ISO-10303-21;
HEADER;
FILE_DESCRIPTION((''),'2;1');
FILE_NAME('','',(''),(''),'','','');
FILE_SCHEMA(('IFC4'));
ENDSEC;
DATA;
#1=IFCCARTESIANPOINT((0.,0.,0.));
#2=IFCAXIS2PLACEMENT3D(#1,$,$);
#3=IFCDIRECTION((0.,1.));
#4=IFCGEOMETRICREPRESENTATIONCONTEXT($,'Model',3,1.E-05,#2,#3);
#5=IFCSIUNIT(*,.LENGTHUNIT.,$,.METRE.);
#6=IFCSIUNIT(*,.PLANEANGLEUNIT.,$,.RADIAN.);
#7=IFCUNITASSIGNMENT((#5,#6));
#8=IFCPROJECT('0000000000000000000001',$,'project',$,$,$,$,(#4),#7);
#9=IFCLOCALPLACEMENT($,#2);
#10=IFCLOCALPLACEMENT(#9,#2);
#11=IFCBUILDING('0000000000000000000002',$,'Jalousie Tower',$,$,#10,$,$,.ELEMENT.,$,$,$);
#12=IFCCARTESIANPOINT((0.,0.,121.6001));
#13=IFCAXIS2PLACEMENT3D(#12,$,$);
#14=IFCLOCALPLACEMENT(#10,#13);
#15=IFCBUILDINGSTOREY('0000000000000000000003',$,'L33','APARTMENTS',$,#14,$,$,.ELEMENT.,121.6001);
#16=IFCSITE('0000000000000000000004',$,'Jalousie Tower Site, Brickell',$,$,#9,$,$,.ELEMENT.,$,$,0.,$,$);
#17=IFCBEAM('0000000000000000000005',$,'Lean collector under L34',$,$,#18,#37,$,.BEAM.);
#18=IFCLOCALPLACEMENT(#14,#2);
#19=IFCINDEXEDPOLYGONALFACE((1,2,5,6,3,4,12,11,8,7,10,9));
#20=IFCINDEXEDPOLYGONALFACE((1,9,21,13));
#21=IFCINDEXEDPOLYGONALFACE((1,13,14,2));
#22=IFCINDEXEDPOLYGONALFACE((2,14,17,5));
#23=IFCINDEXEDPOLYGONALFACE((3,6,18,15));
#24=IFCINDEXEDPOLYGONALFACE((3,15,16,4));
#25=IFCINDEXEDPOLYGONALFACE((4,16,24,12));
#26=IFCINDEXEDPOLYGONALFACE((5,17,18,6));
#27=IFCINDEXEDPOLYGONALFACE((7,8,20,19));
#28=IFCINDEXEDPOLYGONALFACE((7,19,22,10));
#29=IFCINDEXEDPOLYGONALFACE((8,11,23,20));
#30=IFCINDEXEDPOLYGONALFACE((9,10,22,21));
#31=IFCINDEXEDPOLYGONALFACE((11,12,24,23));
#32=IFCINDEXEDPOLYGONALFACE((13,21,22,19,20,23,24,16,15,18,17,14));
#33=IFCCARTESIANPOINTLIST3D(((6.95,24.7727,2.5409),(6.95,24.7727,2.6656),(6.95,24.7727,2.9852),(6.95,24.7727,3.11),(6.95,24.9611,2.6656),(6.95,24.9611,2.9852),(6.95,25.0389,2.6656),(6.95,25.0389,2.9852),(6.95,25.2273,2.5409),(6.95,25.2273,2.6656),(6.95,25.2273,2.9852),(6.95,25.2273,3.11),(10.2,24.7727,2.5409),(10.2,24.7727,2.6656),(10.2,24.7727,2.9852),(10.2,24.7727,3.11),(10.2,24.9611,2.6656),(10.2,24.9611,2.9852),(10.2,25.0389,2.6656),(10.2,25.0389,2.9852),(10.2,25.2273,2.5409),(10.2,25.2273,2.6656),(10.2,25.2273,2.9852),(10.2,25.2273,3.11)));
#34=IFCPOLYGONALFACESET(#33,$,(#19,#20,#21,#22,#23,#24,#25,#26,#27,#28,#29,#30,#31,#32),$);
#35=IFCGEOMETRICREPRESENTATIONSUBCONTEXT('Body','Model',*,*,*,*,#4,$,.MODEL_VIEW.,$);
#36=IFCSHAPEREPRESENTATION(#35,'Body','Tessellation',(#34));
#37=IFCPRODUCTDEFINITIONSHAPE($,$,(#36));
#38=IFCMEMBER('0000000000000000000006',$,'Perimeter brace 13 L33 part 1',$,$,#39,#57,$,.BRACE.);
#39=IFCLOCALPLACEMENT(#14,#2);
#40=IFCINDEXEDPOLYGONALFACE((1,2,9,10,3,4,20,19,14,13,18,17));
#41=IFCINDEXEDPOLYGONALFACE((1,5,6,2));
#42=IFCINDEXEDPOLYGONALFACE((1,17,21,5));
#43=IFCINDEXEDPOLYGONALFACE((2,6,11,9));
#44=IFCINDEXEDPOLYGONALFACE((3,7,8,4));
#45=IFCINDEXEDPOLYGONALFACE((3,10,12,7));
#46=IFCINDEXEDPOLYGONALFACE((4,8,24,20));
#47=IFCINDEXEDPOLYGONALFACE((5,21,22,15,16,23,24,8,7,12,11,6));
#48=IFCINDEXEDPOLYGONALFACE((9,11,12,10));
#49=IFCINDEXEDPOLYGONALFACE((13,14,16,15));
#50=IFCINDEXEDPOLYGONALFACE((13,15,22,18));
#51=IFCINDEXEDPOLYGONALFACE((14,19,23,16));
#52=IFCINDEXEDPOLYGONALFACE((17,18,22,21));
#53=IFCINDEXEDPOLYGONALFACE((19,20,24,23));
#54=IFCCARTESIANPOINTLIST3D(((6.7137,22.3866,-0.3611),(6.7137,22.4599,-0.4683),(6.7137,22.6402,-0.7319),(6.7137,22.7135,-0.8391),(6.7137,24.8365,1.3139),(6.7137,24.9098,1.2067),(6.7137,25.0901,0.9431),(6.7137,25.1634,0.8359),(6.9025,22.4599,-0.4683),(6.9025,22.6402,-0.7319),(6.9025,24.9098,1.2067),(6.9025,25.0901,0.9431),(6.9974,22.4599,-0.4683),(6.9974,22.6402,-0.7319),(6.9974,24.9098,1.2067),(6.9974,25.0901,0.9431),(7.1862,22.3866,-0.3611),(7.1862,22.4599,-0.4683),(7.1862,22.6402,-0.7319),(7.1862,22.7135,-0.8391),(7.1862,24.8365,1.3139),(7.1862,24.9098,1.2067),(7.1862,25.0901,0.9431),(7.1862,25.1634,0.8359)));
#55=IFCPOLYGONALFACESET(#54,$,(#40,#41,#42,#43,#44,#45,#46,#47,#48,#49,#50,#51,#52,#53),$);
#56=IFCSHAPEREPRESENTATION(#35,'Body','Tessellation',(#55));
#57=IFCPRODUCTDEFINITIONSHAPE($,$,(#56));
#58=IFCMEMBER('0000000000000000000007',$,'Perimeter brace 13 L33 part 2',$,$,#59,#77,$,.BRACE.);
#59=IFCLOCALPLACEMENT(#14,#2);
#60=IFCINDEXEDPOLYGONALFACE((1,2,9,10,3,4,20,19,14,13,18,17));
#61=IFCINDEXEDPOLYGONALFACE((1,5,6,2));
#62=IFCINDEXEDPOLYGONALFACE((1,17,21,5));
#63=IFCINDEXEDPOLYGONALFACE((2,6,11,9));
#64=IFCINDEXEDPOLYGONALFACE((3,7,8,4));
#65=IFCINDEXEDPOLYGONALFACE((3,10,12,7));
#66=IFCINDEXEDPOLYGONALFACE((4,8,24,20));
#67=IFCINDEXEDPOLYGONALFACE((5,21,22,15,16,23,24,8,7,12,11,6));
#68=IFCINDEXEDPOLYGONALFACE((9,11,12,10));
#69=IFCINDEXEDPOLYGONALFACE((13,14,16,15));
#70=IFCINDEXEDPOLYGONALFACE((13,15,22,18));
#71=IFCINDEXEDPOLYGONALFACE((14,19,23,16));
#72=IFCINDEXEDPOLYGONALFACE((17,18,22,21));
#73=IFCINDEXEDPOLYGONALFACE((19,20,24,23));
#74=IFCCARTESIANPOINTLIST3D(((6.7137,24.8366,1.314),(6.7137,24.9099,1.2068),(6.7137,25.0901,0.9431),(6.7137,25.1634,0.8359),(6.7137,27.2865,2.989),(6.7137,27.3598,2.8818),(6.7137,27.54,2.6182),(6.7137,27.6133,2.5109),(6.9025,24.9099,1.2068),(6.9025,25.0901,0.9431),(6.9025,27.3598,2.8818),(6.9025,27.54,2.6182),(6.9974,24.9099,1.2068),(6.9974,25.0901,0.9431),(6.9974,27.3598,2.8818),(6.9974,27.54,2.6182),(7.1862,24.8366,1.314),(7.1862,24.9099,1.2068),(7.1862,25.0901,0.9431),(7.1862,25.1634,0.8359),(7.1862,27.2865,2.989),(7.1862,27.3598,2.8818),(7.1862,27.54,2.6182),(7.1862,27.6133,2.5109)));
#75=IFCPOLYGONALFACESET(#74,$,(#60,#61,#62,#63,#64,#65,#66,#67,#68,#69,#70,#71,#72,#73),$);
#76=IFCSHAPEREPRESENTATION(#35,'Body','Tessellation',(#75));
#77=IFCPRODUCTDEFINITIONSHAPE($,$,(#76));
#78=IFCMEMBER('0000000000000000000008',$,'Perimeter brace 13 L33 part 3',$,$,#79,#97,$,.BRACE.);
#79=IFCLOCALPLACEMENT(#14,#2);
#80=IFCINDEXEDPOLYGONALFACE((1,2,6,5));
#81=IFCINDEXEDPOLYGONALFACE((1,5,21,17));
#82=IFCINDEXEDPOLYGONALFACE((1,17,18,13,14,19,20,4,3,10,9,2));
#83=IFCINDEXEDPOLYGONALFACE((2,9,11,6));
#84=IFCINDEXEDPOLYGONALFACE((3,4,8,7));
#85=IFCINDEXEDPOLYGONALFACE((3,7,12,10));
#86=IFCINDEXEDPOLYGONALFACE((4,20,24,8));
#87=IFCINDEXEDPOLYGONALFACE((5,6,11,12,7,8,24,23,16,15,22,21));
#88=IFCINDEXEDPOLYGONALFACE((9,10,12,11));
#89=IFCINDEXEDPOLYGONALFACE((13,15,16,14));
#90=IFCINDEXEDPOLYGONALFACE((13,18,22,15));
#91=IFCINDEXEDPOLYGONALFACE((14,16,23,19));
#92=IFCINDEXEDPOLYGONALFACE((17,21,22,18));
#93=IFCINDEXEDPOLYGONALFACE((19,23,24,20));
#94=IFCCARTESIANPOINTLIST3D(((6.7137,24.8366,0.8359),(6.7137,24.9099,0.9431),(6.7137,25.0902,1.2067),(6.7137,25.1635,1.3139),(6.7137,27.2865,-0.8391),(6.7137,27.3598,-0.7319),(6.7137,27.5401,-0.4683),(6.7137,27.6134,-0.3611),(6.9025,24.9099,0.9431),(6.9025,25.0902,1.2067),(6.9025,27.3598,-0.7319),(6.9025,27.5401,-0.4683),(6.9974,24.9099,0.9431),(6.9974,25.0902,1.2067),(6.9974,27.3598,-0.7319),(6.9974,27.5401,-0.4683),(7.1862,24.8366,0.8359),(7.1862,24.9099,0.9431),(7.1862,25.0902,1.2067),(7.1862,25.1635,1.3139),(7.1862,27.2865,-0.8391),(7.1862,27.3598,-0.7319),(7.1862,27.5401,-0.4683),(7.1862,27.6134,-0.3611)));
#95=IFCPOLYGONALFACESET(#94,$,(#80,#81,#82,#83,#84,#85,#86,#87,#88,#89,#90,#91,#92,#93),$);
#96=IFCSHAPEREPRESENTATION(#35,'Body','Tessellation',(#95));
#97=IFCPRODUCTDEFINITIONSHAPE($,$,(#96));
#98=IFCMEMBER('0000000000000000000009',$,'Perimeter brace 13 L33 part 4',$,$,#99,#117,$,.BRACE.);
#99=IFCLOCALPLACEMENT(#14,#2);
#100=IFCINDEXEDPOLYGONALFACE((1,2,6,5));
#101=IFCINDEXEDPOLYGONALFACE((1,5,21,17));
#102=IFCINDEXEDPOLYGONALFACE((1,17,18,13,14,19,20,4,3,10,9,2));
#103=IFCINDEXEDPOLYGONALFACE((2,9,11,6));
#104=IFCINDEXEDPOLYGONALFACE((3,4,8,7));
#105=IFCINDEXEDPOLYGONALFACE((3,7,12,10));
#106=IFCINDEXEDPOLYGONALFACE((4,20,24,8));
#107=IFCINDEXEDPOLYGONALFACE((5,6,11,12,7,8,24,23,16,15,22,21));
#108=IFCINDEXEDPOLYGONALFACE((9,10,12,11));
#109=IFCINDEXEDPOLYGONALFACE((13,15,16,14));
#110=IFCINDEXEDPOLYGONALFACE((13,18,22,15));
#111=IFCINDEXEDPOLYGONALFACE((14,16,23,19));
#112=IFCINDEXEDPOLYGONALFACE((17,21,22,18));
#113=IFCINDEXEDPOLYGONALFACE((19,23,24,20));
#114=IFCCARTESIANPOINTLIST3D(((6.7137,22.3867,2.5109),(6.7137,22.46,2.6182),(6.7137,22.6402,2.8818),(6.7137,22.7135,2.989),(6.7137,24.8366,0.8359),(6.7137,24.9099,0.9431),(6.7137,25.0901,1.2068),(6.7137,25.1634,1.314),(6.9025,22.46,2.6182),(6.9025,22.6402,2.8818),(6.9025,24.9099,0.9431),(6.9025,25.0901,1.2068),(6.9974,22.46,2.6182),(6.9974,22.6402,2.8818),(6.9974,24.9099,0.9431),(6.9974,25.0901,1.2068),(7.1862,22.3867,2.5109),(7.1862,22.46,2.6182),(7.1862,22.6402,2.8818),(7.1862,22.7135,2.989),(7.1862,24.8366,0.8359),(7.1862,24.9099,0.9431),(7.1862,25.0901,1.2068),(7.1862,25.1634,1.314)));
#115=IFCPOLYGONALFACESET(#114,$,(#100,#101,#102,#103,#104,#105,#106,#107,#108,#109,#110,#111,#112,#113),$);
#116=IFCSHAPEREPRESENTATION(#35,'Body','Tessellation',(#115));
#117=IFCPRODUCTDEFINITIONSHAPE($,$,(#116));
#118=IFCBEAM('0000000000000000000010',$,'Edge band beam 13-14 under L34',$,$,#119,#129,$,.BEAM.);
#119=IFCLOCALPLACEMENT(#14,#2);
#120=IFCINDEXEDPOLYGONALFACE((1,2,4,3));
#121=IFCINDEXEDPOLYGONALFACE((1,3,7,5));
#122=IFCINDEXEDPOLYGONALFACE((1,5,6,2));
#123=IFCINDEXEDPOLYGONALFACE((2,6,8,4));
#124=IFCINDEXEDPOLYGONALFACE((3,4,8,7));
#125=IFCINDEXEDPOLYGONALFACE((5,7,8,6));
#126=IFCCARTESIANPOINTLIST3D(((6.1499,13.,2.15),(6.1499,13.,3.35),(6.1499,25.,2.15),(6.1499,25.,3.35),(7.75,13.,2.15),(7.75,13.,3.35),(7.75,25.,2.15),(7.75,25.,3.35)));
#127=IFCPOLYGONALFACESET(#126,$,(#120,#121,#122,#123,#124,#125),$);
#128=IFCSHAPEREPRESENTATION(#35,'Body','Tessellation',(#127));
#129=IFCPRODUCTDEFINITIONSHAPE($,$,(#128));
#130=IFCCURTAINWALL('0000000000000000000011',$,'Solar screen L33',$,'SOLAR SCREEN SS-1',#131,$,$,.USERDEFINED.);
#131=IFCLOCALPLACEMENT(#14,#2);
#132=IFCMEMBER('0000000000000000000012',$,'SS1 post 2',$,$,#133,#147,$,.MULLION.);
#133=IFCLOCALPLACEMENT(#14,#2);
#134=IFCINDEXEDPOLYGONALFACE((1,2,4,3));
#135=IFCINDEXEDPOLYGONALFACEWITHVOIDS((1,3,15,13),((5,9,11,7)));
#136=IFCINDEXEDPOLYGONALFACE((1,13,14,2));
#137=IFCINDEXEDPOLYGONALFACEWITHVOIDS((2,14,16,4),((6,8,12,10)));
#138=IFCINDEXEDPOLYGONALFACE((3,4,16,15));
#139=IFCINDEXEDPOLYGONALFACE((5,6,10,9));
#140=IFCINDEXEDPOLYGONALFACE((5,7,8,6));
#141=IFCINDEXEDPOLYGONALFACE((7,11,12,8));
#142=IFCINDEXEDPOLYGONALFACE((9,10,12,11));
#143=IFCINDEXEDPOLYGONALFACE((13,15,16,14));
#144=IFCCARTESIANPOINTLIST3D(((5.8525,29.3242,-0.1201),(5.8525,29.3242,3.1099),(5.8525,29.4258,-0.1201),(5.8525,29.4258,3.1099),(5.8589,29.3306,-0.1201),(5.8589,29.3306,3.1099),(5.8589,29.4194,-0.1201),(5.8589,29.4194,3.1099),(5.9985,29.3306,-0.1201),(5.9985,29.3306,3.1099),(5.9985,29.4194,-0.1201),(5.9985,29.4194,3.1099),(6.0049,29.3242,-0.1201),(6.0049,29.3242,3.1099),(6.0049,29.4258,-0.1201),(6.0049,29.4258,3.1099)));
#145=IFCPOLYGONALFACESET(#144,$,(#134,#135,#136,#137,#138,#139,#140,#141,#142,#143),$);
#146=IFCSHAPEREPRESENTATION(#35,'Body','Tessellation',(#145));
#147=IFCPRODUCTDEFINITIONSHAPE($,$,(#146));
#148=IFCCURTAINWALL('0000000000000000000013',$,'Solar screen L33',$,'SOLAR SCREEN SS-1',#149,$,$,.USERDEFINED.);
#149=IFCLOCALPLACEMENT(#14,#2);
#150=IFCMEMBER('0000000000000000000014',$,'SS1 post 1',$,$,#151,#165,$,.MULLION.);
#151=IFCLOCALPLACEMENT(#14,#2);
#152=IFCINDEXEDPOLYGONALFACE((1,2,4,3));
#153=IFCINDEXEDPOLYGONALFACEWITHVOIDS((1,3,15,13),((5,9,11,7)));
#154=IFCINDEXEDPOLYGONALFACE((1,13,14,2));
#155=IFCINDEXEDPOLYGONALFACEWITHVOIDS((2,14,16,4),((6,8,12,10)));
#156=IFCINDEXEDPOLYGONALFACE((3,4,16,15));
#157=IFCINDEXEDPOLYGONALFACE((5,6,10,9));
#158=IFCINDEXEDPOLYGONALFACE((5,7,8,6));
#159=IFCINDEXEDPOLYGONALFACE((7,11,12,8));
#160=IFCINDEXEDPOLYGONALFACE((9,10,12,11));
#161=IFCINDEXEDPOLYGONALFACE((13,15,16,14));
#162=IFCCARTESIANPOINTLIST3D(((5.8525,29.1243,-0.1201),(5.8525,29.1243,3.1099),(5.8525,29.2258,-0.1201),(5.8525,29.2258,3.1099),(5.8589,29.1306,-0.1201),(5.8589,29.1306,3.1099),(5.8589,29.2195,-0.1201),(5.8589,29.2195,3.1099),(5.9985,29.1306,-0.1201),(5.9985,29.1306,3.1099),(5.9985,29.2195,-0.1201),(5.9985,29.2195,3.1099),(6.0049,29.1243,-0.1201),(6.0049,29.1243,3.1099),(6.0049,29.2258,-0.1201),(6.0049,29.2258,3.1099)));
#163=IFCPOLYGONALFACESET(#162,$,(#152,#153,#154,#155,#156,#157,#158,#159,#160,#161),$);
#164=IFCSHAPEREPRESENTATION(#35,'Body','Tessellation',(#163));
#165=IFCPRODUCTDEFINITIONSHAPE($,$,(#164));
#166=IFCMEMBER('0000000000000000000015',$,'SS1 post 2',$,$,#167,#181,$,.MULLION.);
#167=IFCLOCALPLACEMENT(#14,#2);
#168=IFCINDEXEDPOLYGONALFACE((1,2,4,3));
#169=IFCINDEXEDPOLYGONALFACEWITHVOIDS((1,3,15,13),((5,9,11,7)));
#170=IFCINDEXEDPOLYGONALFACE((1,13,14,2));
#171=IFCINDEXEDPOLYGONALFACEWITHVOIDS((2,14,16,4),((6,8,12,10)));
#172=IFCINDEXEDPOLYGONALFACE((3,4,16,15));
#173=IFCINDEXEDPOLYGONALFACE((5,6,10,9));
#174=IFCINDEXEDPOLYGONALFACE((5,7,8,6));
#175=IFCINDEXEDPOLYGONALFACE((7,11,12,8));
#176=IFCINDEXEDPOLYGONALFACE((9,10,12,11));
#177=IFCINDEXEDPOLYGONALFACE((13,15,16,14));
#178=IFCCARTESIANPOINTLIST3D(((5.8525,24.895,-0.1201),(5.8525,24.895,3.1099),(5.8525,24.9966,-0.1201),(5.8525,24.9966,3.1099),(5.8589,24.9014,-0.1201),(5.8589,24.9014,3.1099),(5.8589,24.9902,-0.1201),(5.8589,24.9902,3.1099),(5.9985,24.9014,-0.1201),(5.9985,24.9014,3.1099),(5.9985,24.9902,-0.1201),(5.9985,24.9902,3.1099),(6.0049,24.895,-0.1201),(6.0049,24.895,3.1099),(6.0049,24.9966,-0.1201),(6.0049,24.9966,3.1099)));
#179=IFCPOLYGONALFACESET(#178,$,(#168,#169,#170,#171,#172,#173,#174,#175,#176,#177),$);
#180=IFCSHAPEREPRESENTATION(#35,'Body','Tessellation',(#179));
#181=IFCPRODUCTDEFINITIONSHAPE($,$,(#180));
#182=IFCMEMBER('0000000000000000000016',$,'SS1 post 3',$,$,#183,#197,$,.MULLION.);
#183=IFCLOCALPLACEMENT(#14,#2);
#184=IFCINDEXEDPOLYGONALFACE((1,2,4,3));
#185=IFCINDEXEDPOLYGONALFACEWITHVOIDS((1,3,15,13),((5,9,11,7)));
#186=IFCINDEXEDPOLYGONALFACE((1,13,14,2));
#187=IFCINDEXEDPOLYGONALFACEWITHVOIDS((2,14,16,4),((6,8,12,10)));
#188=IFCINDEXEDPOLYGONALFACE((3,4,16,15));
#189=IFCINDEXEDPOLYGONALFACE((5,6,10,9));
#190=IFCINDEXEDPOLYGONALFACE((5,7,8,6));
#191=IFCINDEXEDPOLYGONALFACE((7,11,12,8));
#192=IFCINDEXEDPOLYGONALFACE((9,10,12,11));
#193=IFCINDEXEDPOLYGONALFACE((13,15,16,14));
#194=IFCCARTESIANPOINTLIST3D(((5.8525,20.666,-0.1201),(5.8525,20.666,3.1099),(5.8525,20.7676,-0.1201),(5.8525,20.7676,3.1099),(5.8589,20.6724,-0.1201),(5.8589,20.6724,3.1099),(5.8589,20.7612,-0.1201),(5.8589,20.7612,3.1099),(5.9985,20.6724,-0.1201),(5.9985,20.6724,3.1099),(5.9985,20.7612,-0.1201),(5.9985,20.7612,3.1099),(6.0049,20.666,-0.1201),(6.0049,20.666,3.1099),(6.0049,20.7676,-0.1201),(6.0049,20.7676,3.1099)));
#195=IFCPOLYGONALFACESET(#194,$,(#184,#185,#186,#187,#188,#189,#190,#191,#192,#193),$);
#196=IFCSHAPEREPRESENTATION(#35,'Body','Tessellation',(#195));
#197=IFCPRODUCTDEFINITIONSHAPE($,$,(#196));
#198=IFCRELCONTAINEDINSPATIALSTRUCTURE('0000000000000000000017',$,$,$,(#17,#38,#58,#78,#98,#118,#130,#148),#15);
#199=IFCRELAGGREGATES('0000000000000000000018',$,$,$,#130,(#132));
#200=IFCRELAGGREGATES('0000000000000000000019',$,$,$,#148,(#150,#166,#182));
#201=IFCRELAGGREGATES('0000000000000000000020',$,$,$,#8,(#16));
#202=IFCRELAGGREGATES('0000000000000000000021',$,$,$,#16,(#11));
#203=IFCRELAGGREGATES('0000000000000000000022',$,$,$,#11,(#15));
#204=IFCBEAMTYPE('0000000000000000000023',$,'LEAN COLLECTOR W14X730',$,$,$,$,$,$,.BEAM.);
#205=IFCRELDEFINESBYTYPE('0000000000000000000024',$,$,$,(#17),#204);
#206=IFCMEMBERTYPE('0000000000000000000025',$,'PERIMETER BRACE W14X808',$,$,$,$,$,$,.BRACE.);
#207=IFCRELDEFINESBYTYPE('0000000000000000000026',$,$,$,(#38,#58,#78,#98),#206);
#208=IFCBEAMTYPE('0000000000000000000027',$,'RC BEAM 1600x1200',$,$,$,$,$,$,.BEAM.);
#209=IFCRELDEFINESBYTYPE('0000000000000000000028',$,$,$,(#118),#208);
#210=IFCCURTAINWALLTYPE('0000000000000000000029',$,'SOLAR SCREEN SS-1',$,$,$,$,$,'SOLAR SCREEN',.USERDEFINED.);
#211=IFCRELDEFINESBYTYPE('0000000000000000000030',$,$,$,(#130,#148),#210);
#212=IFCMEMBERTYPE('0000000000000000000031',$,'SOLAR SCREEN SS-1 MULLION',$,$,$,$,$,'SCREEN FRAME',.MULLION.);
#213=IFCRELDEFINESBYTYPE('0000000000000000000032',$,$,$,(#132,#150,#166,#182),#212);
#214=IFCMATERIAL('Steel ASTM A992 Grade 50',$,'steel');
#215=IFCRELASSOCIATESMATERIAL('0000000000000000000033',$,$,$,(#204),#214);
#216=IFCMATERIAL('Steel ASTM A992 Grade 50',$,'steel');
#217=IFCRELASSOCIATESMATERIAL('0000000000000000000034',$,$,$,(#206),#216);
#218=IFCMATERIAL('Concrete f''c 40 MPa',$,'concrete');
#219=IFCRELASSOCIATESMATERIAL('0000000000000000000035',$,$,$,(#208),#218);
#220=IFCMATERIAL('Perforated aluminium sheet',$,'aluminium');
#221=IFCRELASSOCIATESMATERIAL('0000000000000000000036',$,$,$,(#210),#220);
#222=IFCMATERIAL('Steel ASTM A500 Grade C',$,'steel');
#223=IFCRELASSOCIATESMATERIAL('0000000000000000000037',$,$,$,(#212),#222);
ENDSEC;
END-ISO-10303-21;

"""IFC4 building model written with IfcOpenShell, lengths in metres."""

from ifc_helpers import new_model, si_unit, direction, frame, origin, origin_2d, place, context, subcontext, project, spatial, rectangle, hollow_rectangle, i_section, extrude, material, material_profile, profile_set, type_object, element, aggregate, save


model = new_model("IFC4")

# Units and contexts
model_context = context("Model", 3, precision=1e-05, world=origin(), true_north=direction((0.0, 1.0)))
body_context = subcontext(model_context, "Body", "Model", "MODEL_VIEW")
ifc_project = project(units=[si_unit("LENGTHUNIT", "METRE"), si_unit("PLANEANGLEUNIT", "RADIAN")], contexts=[model_context])

# Site, building, storey
site_placement = place(None, origin())
site = spatial("IfcSite", under=ifc_project, at=site_placement, Name="Jalousie Tower Site, Brickell", CompositionType="ELEMENT", RefElevation=0.0)
building_placement = place(site_placement, origin())
building = spatial("IfcBuilding", under=site, at=building_placement, Name="Jalousie Tower", CompositionType="ELEMENT")
storey_placement = place(building_placement, frame((0.0, 0.0, 121.6001)))
storey = spatial("IfcBuildingStorey", under=building, at=storey_placement, Name="L33", Description="APARTMENTS", CompositionType="ELEMENT", Elevation=121.6001)

# Beam
ifc_material_1 = material(Name="Steel ASTM A992 Grade 50", Category="steel")
ifc_material_profile_1 = material_profile(ifc_material_1, i_section(OverallWidth=0.4546, OverallDepth=0.5691, WebThickness=0.0779, FlangeThickness=0.1248, at=origin_2d()), Name="W14X730")
ifc_profile_set_1 = profile_set([ifc_material_profile_1], Name="Steel ASTM A992 Grade 50")
beam_type_1 = type_object("IfcBeamType", Name="LEAN COLLECTOR W14X730", PredefinedType="BEAM", material=ifc_profile_set_1)
beam_1_placement = place(storey_placement, frame((6.95, 25.0, 2.8254), z_axis=(1.0, 0.0, 0.0), x_axis=(0.0, 1.0, 0.0)))
element("IfcBeam", 1, at=beam_1_placement, inside=storey, type_object=beam_type_1, Name="Lean collector under L34", PredefinedType="BEAM", context=body_context, shape_type="SweptSolid", body=[
    extrude(i_section(OverallWidth=0.4546, OverallDepth=0.5691, WebThickness=0.0779, FlangeThickness=0.1248, at=origin_2d()), origin(), (0.0, 0.0, 1.0), 3.25),
])

# Members
ifc_material_2 = material(Name="Steel ASTM A992 Grade 50", Category="steel")
ifc_material_profile_2 = material_profile(ifc_material_2, i_section(OverallWidth=0.4724, OverallDepth=0.5791, WebThickness=0.095, FlangeThickness=0.1299, at=origin_2d()), Name="W14X808")
ifc_profile_set_2 = profile_set([ifc_material_profile_2], Name="Steel ASTM A992 Grade 50")
member_type_1 = type_object("IfcMemberType", Name="PERIMETER BRACE W14X808", PredefinedType="BRACE", material=ifc_profile_set_2)
for number, where, z_axis, x_axis, name in (
    (2, (6.95, 22.55, -0.6001), (0.0, 0.825501, 0.564401), (-1.0, 0.0, 0.0), "Perimeter brace 13 L33 part 1"),
    (3, (6.95, 25.0, 1.075), (0.0, 0.825501, 0.564401), (-1.0, 0.0, 0.0), "Perimeter brace 13 L33 part 2"),
    (4, (6.95, 27.45, -0.6001), (0.0, -0.825501, 0.564401), (1.0, 0.0, 0.0), "Perimeter brace 13 L33 part 3"),
    (5, (6.95, 25.0, 1.075), (0.0, -0.825501, 0.564401), (1.0, 0.0, 0.0), "Perimeter brace 13 L33 part 4"),
):
    element("IfcMember", number, at=place(storey_placement, frame(where, z_axis=z_axis, x_axis=x_axis)), inside=storey, type_object=member_type_1, Name=name, PredefinedType="BRACE", context=body_context, shape_type="SweptSolid", body=[
        extrude(i_section(OverallWidth=0.4724, OverallDepth=0.5791, WebThickness=0.095, FlangeThickness=0.1299, at=origin_2d()), origin(), (0.0, 0.0, 1.0), 2.9678),
    ])

# Beam
ifc_material_3 = material(Name="Concrete f'c 40 MPa", Category="concrete")
ifc_material_profile_3 = material_profile(ifc_material_3, rectangle(XDim=1.6001, YDim=1.2, at=origin_2d()), Name="RC 1600x1200")
ifc_profile_set_3 = profile_set([ifc_material_profile_3], Name="Concrete f'c 40 MPa")
beam_type_2 = type_object("IfcBeamType", Name="RC BEAM 1600x1200", PredefinedType="BEAM", material=ifc_profile_set_3)
beam_2_placement = place(storey_placement, frame((6.95, 25.0, 2.75), z_axis=(0.0, -1.0, 0.0), x_axis=(1.0, 0.0, 0.0)))
element("IfcBeam", 6, at=beam_2_placement, inside=storey, type_object=beam_type_2, Name="Edge band beam 13-14 under L34", PredefinedType="BEAM", context=body_context, shape_type="SweptSolid", body=[
    extrude(rectangle(XDim=1.6001, YDim=1.2, at=origin_2d()), origin(), (0.0, 0.0, 1.0), 12.0),
])

# Curtain wall, member
ifc_material_4 = material(Name="Perforated aluminium sheet", Category="aluminium")
curtain_wall_type = type_object("IfcCurtainWallType", Name="SOLAR SCREEN SS-1", ElementType="SOLAR SCREEN", PredefinedType="USERDEFINED", material=ifc_material_4)
curtain_wall_1_placement = place(storey_placement, origin())
curtain_wall_1 = element("IfcCurtainWall", 7, at=curtain_wall_1_placement, inside=storey, type_object=curtain_wall_type, Name="Solar screen L33", ObjectType="SOLAR SCREEN SS-1", PredefinedType="USERDEFINED")
ifc_material_5 = material(Name="Steel ASTM A500 Grade C", Category="steel")
ifc_material_profile_4 = material_profile(ifc_material_5, hollow_rectangle(XDim=0.1016, YDim=0.1523, WallThickness=0.0063, at=origin_2d()), Name="HSS6X4X1/4")
ifc_profile_set_4 = profile_set([ifc_material_profile_4], Name="Steel ASTM A500 Grade C")
member_type_2 = type_object("IfcMemberType", Name="SOLAR SCREEN SS-1 MULLION", ElementType="SCREEN FRAME", PredefinedType="MULLION", material=ifc_profile_set_4)
member_1_placement = place(storey_placement, frame((5.9287, 29.375, -0.1201), z_axis=(0.0, 0.0, 1.0), x_axis=(0.0, -1.0, 0.0)))
member_1 = element("IfcMember", 8, at=member_1_placement, type_object=member_type_2, Name="SS1 post 2", PredefinedType="MULLION", context=body_context, shape_type="SweptSolid", body=[
    extrude(hollow_rectangle(XDim=0.1016, YDim=0.1523, WallThickness=0.0063, at=origin_2d()), origin(), (0.0, 0.0, 1.0), 3.23),
])

# Curtain wall, members
curtain_wall_2_placement = place(storey_placement, origin())
curtain_wall_2 = element("IfcCurtainWall", 9, at=curtain_wall_2_placement, inside=storey, type_object=curtain_wall_type, Name="Solar screen L33", ObjectType="SOLAR SCREEN SS-1", PredefinedType="USERDEFINED")
member_2_placement = place(storey_placement, frame((5.9287, 29.175, -0.1201), z_axis=(0.0, 0.0, 1.0), x_axis=(0.0, -1.0, 0.0)))
member_2 = element("IfcMember", 10, at=member_2_placement, type_object=member_type_2, Name="SS1 post 1", PredefinedType="MULLION", context=body_context, shape_type="SweptSolid", body=[
    extrude(hollow_rectangle(XDim=0.1016, YDim=0.1523, WallThickness=0.0063, at=origin_2d()), origin(), (0.0, 0.0, 1.0), 3.23),
])
member_3_placement = place(storey_placement, frame((5.9287, 24.9458, -0.1201), z_axis=(0.0, 0.0, 1.0), x_axis=(0.0, -1.0, 0.0)))
member_3 = element("IfcMember", 11, at=member_3_placement, type_object=member_type_2, Name="SS1 post 2", PredefinedType="MULLION", context=body_context, shape_type="SweptSolid", body=[
    extrude(hollow_rectangle(XDim=0.1016, YDim=0.1523, WallThickness=0.0063, at=origin_2d()), origin(), (0.0, 0.0, 1.0), 3.23),
])
member_4_placement = place(storey_placement, frame((5.9287, 20.7168, -0.1201), z_axis=(0.0, 0.0, 1.0), x_axis=(0.0, -1.0, 0.0)))
member_4 = element("IfcMember", 12, at=member_4_placement, type_object=member_type_2, Name="SS1 post 3", PredefinedType="MULLION", context=body_context, shape_type="SweptSolid", body=[
    extrude(hollow_rectangle(XDim=0.1016, YDim=0.1523, WallThickness=0.0063, at=origin_2d()), origin(), (0.0, 0.0, 1.0), 3.23),
])

aggregate(curtain_wall_1, [member_1])
aggregate(curtain_wall_2, [member_2, member_3, member_4])

save(model, "model.ifc")
